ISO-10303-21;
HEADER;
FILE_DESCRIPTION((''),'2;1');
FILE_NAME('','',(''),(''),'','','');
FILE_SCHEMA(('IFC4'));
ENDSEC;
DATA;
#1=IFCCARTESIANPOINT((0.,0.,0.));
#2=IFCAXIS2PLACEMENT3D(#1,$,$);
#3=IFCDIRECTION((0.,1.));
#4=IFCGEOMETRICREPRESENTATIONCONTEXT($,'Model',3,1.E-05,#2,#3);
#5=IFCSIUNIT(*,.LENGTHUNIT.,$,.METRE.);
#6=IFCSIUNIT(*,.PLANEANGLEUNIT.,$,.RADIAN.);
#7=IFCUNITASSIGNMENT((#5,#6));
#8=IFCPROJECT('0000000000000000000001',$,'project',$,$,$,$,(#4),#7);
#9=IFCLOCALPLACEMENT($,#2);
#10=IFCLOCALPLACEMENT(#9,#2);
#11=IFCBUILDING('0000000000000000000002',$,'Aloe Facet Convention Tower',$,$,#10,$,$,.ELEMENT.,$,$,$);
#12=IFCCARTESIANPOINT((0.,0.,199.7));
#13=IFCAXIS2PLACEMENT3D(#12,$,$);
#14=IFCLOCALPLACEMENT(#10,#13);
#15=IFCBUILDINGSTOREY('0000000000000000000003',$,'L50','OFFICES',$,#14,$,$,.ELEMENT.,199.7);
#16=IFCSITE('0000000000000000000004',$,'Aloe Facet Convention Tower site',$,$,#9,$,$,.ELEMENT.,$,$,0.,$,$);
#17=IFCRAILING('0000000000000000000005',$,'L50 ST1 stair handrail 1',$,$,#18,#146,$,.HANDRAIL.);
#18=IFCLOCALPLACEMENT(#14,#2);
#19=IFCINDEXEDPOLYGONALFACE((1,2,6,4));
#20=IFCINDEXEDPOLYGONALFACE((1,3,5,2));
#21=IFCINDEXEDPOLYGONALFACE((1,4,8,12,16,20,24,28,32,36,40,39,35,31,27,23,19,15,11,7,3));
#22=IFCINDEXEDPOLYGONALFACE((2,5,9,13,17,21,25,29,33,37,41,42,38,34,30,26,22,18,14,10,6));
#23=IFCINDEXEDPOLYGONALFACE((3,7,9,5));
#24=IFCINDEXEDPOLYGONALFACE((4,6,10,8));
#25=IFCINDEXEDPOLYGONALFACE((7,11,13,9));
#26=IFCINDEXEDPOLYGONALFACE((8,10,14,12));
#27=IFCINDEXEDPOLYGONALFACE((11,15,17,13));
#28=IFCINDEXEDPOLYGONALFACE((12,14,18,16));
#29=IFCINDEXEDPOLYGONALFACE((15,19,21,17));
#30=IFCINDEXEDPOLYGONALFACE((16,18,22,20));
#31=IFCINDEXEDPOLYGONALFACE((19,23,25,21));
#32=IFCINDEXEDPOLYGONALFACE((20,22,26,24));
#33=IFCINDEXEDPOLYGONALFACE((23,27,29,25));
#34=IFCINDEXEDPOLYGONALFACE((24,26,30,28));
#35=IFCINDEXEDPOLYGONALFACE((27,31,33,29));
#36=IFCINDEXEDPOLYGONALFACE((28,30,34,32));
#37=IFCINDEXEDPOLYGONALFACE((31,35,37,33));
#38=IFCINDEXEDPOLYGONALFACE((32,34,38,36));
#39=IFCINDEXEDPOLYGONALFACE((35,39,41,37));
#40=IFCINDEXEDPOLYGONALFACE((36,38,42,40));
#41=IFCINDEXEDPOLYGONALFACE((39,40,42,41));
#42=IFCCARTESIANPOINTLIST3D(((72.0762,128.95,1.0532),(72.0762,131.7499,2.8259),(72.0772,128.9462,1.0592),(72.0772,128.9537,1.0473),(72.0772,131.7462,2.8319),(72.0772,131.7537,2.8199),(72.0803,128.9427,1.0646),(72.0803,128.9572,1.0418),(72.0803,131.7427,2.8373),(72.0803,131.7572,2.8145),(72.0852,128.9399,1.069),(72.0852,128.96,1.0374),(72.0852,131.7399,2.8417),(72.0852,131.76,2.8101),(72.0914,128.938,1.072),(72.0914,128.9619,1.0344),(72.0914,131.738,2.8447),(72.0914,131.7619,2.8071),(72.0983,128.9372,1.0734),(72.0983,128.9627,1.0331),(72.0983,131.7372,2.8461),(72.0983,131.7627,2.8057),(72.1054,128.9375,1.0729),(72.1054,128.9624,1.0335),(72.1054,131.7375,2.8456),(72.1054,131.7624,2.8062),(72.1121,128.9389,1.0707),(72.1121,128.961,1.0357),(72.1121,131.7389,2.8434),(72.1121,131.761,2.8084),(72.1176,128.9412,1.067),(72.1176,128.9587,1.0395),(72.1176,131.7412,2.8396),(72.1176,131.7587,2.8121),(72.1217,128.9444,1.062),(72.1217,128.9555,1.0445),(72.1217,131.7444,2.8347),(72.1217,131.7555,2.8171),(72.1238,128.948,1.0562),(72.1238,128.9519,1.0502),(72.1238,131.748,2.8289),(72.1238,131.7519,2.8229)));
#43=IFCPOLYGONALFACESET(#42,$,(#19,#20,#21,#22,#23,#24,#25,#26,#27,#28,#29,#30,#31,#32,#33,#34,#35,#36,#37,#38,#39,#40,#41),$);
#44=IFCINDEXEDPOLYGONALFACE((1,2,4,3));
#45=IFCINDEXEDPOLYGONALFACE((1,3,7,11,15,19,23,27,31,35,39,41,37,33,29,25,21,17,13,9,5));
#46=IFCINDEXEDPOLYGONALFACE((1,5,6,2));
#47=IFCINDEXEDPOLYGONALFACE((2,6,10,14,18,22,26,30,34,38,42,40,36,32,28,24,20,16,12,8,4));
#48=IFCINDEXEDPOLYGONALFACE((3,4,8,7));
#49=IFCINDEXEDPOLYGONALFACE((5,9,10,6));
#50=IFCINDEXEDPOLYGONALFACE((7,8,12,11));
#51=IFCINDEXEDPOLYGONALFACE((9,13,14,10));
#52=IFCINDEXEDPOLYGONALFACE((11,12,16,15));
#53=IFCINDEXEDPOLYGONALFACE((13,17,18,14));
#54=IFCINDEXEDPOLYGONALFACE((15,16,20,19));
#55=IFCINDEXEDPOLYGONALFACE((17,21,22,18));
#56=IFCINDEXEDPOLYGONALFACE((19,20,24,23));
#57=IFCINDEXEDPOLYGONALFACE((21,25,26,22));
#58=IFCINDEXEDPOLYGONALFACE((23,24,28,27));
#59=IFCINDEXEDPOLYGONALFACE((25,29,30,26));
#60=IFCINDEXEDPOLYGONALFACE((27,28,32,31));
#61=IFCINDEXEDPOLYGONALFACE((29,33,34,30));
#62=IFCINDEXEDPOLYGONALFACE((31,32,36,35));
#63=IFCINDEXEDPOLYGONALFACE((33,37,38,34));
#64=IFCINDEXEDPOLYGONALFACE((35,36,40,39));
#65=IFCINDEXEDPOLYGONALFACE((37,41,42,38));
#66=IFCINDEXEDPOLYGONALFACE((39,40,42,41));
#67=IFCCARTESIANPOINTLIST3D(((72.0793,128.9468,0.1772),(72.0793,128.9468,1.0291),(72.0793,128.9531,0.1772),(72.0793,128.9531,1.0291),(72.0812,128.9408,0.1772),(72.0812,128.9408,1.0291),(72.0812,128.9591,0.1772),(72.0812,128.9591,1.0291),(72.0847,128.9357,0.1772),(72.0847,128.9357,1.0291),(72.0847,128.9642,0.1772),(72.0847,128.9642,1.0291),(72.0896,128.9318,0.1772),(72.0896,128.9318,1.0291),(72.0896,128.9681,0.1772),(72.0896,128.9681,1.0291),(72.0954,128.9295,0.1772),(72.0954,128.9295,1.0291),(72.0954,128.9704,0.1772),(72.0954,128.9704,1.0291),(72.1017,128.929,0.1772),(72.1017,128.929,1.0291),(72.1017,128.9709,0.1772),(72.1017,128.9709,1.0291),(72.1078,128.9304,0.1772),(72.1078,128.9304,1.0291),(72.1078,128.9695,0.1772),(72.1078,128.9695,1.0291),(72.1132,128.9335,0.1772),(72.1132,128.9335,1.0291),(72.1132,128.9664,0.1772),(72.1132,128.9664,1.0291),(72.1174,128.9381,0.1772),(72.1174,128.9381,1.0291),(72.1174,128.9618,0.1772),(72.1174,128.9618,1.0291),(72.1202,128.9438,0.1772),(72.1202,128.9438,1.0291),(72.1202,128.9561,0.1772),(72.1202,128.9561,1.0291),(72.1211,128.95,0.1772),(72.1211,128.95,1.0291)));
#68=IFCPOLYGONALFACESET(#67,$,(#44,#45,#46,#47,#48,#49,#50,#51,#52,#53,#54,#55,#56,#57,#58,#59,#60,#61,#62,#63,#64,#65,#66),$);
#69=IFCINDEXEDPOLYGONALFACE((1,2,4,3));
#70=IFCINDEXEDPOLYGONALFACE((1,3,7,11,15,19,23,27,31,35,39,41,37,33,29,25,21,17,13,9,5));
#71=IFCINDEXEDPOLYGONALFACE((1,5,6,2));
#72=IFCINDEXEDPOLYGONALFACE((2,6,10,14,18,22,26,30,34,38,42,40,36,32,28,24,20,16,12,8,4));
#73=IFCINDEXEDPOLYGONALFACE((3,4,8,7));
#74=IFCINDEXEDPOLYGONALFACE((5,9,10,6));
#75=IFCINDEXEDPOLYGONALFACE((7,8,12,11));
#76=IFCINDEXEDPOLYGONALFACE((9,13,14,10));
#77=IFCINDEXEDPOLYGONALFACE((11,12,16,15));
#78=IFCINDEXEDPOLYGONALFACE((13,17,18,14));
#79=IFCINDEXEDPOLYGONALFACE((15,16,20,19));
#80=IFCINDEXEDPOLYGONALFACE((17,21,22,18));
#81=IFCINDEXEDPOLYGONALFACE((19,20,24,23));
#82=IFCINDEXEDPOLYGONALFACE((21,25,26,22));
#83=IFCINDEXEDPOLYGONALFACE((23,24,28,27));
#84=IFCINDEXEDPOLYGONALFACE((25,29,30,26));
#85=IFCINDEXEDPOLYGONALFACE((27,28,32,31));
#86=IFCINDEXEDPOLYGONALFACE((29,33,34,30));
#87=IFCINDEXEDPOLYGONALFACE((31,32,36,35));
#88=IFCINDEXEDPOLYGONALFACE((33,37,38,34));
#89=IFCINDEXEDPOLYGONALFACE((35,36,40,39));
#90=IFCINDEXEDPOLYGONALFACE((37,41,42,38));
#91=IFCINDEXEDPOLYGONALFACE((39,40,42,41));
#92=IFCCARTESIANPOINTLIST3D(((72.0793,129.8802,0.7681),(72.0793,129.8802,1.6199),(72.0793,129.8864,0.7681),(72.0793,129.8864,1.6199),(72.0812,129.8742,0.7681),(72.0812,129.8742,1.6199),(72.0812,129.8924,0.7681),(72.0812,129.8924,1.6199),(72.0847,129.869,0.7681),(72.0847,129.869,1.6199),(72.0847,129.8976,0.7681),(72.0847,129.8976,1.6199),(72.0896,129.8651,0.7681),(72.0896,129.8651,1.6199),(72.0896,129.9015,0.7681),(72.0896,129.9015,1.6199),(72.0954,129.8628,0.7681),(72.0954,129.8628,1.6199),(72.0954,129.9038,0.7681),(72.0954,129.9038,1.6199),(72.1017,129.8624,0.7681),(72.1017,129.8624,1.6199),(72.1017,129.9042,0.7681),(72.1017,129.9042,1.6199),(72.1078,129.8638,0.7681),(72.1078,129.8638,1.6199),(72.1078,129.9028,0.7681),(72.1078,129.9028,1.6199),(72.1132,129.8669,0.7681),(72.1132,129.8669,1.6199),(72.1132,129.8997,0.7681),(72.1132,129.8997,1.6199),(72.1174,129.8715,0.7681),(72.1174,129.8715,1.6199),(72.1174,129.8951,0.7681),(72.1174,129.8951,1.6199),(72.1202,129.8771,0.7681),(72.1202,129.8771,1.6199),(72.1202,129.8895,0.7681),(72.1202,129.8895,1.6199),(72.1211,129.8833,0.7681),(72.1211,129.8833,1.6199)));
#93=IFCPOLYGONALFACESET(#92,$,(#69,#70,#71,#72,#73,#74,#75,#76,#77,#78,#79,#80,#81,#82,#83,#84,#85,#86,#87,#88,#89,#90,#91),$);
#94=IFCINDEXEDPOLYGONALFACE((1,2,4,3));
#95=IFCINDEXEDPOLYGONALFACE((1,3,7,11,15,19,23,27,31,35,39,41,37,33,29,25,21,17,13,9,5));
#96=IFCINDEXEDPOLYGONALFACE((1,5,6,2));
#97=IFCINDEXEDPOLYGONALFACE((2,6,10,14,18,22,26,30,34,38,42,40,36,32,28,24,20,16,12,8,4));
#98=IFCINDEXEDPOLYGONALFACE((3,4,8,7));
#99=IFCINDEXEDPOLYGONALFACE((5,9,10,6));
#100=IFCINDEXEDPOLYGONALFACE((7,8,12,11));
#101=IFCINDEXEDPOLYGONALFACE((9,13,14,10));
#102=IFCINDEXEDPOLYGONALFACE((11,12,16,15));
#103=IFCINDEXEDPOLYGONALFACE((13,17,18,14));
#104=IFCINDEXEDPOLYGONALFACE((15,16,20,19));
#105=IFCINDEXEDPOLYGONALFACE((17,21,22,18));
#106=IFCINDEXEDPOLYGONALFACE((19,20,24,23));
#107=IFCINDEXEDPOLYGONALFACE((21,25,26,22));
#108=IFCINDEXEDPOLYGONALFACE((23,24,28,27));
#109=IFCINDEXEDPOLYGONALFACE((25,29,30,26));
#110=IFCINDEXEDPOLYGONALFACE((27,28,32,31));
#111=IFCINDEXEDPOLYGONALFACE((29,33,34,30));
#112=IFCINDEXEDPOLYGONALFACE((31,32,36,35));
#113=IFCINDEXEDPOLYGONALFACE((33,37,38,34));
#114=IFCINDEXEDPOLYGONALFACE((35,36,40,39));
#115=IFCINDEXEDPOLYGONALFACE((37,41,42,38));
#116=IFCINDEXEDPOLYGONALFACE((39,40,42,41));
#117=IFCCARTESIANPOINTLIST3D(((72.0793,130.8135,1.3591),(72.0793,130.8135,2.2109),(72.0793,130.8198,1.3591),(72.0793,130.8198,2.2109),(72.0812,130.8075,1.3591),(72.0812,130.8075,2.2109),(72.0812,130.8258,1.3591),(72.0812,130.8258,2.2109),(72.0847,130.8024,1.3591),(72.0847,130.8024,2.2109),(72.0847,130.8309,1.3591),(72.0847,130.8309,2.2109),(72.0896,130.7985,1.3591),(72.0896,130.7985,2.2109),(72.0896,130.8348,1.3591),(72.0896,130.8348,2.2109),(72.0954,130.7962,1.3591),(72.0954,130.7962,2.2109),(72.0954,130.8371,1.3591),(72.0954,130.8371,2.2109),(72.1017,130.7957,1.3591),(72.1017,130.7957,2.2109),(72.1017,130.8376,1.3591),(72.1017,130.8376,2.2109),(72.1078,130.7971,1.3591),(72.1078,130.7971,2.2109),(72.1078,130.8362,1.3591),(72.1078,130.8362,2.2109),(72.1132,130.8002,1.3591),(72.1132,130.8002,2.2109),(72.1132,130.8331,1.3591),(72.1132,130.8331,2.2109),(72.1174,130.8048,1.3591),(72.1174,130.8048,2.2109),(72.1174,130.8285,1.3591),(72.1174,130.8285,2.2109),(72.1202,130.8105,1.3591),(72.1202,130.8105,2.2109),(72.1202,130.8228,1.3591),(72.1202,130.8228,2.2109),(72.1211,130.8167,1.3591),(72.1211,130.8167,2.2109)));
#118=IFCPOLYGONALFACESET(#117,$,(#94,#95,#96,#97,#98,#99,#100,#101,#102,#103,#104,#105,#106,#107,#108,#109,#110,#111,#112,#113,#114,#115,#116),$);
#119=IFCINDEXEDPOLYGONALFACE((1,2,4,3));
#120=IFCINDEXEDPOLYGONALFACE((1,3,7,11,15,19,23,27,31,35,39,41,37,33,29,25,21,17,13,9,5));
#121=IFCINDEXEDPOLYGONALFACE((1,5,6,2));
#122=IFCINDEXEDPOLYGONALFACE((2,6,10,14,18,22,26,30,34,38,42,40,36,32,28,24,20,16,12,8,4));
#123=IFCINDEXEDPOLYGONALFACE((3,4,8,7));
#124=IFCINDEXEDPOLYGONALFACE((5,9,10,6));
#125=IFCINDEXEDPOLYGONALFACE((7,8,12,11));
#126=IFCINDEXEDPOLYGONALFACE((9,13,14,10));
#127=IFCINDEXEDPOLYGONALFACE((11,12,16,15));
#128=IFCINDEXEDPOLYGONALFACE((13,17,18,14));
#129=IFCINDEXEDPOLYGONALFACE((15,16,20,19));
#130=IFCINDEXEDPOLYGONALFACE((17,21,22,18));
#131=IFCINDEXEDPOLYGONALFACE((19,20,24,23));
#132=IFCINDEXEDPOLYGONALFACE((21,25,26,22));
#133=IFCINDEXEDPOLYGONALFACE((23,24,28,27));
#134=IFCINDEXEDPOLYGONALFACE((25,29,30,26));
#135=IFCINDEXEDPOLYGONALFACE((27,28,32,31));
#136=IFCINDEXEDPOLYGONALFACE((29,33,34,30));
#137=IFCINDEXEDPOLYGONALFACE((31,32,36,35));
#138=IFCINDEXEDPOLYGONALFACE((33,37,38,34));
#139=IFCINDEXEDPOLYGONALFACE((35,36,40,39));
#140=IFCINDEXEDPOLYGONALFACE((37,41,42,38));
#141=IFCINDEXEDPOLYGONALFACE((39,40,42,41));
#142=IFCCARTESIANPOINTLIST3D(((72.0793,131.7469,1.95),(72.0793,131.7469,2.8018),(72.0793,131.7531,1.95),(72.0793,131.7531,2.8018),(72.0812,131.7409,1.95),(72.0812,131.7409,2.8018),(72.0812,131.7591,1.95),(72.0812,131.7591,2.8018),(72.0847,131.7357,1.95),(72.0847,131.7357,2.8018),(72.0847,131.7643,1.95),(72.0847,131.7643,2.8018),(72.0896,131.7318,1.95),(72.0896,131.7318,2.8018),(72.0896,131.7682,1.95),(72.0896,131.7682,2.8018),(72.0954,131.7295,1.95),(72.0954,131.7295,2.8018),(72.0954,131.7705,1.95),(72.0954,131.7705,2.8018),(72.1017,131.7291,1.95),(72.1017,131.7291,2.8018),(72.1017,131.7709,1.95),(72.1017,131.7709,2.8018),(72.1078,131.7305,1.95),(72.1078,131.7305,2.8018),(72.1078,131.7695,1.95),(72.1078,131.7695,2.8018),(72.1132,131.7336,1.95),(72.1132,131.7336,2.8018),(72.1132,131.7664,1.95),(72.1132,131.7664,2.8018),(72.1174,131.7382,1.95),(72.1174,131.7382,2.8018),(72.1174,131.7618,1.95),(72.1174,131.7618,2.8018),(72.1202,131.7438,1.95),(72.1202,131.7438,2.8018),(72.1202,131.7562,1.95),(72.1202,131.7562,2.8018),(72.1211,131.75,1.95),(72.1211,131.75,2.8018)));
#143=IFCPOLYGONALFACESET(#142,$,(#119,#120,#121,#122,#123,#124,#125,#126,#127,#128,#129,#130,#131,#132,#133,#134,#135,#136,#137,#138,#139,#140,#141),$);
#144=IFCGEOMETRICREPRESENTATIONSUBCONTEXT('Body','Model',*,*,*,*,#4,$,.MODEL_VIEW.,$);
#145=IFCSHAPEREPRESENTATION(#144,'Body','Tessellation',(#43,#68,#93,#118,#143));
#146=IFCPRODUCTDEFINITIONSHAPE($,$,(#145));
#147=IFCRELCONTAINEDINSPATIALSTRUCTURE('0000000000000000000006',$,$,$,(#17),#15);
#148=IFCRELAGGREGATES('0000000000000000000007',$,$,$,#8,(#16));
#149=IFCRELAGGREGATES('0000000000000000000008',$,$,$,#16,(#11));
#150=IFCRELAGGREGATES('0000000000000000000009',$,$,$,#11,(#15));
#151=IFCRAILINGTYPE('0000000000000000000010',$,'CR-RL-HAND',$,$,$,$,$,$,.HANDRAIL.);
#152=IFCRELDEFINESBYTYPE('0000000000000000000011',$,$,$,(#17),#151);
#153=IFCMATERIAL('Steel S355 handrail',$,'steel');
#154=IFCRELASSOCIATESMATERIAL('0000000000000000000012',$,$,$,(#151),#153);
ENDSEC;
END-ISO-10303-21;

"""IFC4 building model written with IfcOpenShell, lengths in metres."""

from ifc_helpers import new_model, si_unit, direction, frame, origin, origin_2d, place, context, subcontext, project, spatial, circle, extrude, material, type_object, element, save


model = new_model("IFC4")

# Units and contexts
model_context = context("Model", 3, precision=1e-05, world=origin(), true_north=direction((0.0, 1.0)))
body_context = subcontext(model_context, "Body", "Model", "MODEL_VIEW")
ifc_project = project(units=[si_unit("LENGTHUNIT", "METRE"), si_unit("PLANEANGLEUNIT", "RADIAN")], contexts=[model_context])

# Site, building, storey
site_placement = place(None, origin())
site = spatial("IfcSite", under=ifc_project, at=site_placement, Name="Aloe Facet Convention Tower site", CompositionType="ELEMENT", RefElevation=0.0)
building_placement = place(site_placement, origin())
building = spatial("IfcBuilding", under=site, at=building_placement, Name="Aloe Facet Convention Tower", CompositionType="ELEMENT")
storey_placement = place(building_placement, frame((0.0, 0.0, 199.7)))
storey = spatial("IfcBuildingStorey", under=building, at=storey_placement, Name="L50", Description="OFFICES", CompositionType="ELEMENT", Elevation=199.7)

# Railing
ifc_material_1 = material(Name="Steel S355 handrail", Category="steel")
railing_type_1 = type_object("IfcRailingType", Name="CR-RL-HAND", PredefinedType="HANDRAIL", material=ifc_material_1)
railing_1_placement = place(storey_placement, frame((72.1001, 128.95, 0.1772)))
element("IfcRailing", 1, at=railing_1_placement, inside=storey, type_object=railing_type_1, Name="L50 ST1 stair handrail 1", PredefinedType="HANDRAIL", context=body_context, shape_type="SweptSolid", body=[
    extrude(circle(Radius=0.0239, at=origin_2d()), frame((0.0, 0.0, 0.876), z_axis=(0.0, 0.844909, 0.53491), x_axis=(-1.0, 0.0, 0.0)), (0.0, 0.0, 1.0), 3.314),
    extrude(circle(Radius=0.021, at=origin_2d()), origin(), (0.0, 0.0, 1.0), 0.8518),
    extrude(circle(Radius=0.021, at=origin_2d()), frame((0.0, 0.9333, 0.5908)), (0.0, 0.0, 1.0), 0.8518),
    extrude(circle(Radius=0.021, at=origin_2d()), frame((0.0, 1.8667, 1.1819)), (0.0, 0.0, 1.0), 0.8518),
    extrude(circle(Radius=0.021, at=origin_2d()), frame((0.0, 2.8, 1.7727)), (0.0, 0.0, 1.0), 0.8518),
])

save(model, "model.ifc")
